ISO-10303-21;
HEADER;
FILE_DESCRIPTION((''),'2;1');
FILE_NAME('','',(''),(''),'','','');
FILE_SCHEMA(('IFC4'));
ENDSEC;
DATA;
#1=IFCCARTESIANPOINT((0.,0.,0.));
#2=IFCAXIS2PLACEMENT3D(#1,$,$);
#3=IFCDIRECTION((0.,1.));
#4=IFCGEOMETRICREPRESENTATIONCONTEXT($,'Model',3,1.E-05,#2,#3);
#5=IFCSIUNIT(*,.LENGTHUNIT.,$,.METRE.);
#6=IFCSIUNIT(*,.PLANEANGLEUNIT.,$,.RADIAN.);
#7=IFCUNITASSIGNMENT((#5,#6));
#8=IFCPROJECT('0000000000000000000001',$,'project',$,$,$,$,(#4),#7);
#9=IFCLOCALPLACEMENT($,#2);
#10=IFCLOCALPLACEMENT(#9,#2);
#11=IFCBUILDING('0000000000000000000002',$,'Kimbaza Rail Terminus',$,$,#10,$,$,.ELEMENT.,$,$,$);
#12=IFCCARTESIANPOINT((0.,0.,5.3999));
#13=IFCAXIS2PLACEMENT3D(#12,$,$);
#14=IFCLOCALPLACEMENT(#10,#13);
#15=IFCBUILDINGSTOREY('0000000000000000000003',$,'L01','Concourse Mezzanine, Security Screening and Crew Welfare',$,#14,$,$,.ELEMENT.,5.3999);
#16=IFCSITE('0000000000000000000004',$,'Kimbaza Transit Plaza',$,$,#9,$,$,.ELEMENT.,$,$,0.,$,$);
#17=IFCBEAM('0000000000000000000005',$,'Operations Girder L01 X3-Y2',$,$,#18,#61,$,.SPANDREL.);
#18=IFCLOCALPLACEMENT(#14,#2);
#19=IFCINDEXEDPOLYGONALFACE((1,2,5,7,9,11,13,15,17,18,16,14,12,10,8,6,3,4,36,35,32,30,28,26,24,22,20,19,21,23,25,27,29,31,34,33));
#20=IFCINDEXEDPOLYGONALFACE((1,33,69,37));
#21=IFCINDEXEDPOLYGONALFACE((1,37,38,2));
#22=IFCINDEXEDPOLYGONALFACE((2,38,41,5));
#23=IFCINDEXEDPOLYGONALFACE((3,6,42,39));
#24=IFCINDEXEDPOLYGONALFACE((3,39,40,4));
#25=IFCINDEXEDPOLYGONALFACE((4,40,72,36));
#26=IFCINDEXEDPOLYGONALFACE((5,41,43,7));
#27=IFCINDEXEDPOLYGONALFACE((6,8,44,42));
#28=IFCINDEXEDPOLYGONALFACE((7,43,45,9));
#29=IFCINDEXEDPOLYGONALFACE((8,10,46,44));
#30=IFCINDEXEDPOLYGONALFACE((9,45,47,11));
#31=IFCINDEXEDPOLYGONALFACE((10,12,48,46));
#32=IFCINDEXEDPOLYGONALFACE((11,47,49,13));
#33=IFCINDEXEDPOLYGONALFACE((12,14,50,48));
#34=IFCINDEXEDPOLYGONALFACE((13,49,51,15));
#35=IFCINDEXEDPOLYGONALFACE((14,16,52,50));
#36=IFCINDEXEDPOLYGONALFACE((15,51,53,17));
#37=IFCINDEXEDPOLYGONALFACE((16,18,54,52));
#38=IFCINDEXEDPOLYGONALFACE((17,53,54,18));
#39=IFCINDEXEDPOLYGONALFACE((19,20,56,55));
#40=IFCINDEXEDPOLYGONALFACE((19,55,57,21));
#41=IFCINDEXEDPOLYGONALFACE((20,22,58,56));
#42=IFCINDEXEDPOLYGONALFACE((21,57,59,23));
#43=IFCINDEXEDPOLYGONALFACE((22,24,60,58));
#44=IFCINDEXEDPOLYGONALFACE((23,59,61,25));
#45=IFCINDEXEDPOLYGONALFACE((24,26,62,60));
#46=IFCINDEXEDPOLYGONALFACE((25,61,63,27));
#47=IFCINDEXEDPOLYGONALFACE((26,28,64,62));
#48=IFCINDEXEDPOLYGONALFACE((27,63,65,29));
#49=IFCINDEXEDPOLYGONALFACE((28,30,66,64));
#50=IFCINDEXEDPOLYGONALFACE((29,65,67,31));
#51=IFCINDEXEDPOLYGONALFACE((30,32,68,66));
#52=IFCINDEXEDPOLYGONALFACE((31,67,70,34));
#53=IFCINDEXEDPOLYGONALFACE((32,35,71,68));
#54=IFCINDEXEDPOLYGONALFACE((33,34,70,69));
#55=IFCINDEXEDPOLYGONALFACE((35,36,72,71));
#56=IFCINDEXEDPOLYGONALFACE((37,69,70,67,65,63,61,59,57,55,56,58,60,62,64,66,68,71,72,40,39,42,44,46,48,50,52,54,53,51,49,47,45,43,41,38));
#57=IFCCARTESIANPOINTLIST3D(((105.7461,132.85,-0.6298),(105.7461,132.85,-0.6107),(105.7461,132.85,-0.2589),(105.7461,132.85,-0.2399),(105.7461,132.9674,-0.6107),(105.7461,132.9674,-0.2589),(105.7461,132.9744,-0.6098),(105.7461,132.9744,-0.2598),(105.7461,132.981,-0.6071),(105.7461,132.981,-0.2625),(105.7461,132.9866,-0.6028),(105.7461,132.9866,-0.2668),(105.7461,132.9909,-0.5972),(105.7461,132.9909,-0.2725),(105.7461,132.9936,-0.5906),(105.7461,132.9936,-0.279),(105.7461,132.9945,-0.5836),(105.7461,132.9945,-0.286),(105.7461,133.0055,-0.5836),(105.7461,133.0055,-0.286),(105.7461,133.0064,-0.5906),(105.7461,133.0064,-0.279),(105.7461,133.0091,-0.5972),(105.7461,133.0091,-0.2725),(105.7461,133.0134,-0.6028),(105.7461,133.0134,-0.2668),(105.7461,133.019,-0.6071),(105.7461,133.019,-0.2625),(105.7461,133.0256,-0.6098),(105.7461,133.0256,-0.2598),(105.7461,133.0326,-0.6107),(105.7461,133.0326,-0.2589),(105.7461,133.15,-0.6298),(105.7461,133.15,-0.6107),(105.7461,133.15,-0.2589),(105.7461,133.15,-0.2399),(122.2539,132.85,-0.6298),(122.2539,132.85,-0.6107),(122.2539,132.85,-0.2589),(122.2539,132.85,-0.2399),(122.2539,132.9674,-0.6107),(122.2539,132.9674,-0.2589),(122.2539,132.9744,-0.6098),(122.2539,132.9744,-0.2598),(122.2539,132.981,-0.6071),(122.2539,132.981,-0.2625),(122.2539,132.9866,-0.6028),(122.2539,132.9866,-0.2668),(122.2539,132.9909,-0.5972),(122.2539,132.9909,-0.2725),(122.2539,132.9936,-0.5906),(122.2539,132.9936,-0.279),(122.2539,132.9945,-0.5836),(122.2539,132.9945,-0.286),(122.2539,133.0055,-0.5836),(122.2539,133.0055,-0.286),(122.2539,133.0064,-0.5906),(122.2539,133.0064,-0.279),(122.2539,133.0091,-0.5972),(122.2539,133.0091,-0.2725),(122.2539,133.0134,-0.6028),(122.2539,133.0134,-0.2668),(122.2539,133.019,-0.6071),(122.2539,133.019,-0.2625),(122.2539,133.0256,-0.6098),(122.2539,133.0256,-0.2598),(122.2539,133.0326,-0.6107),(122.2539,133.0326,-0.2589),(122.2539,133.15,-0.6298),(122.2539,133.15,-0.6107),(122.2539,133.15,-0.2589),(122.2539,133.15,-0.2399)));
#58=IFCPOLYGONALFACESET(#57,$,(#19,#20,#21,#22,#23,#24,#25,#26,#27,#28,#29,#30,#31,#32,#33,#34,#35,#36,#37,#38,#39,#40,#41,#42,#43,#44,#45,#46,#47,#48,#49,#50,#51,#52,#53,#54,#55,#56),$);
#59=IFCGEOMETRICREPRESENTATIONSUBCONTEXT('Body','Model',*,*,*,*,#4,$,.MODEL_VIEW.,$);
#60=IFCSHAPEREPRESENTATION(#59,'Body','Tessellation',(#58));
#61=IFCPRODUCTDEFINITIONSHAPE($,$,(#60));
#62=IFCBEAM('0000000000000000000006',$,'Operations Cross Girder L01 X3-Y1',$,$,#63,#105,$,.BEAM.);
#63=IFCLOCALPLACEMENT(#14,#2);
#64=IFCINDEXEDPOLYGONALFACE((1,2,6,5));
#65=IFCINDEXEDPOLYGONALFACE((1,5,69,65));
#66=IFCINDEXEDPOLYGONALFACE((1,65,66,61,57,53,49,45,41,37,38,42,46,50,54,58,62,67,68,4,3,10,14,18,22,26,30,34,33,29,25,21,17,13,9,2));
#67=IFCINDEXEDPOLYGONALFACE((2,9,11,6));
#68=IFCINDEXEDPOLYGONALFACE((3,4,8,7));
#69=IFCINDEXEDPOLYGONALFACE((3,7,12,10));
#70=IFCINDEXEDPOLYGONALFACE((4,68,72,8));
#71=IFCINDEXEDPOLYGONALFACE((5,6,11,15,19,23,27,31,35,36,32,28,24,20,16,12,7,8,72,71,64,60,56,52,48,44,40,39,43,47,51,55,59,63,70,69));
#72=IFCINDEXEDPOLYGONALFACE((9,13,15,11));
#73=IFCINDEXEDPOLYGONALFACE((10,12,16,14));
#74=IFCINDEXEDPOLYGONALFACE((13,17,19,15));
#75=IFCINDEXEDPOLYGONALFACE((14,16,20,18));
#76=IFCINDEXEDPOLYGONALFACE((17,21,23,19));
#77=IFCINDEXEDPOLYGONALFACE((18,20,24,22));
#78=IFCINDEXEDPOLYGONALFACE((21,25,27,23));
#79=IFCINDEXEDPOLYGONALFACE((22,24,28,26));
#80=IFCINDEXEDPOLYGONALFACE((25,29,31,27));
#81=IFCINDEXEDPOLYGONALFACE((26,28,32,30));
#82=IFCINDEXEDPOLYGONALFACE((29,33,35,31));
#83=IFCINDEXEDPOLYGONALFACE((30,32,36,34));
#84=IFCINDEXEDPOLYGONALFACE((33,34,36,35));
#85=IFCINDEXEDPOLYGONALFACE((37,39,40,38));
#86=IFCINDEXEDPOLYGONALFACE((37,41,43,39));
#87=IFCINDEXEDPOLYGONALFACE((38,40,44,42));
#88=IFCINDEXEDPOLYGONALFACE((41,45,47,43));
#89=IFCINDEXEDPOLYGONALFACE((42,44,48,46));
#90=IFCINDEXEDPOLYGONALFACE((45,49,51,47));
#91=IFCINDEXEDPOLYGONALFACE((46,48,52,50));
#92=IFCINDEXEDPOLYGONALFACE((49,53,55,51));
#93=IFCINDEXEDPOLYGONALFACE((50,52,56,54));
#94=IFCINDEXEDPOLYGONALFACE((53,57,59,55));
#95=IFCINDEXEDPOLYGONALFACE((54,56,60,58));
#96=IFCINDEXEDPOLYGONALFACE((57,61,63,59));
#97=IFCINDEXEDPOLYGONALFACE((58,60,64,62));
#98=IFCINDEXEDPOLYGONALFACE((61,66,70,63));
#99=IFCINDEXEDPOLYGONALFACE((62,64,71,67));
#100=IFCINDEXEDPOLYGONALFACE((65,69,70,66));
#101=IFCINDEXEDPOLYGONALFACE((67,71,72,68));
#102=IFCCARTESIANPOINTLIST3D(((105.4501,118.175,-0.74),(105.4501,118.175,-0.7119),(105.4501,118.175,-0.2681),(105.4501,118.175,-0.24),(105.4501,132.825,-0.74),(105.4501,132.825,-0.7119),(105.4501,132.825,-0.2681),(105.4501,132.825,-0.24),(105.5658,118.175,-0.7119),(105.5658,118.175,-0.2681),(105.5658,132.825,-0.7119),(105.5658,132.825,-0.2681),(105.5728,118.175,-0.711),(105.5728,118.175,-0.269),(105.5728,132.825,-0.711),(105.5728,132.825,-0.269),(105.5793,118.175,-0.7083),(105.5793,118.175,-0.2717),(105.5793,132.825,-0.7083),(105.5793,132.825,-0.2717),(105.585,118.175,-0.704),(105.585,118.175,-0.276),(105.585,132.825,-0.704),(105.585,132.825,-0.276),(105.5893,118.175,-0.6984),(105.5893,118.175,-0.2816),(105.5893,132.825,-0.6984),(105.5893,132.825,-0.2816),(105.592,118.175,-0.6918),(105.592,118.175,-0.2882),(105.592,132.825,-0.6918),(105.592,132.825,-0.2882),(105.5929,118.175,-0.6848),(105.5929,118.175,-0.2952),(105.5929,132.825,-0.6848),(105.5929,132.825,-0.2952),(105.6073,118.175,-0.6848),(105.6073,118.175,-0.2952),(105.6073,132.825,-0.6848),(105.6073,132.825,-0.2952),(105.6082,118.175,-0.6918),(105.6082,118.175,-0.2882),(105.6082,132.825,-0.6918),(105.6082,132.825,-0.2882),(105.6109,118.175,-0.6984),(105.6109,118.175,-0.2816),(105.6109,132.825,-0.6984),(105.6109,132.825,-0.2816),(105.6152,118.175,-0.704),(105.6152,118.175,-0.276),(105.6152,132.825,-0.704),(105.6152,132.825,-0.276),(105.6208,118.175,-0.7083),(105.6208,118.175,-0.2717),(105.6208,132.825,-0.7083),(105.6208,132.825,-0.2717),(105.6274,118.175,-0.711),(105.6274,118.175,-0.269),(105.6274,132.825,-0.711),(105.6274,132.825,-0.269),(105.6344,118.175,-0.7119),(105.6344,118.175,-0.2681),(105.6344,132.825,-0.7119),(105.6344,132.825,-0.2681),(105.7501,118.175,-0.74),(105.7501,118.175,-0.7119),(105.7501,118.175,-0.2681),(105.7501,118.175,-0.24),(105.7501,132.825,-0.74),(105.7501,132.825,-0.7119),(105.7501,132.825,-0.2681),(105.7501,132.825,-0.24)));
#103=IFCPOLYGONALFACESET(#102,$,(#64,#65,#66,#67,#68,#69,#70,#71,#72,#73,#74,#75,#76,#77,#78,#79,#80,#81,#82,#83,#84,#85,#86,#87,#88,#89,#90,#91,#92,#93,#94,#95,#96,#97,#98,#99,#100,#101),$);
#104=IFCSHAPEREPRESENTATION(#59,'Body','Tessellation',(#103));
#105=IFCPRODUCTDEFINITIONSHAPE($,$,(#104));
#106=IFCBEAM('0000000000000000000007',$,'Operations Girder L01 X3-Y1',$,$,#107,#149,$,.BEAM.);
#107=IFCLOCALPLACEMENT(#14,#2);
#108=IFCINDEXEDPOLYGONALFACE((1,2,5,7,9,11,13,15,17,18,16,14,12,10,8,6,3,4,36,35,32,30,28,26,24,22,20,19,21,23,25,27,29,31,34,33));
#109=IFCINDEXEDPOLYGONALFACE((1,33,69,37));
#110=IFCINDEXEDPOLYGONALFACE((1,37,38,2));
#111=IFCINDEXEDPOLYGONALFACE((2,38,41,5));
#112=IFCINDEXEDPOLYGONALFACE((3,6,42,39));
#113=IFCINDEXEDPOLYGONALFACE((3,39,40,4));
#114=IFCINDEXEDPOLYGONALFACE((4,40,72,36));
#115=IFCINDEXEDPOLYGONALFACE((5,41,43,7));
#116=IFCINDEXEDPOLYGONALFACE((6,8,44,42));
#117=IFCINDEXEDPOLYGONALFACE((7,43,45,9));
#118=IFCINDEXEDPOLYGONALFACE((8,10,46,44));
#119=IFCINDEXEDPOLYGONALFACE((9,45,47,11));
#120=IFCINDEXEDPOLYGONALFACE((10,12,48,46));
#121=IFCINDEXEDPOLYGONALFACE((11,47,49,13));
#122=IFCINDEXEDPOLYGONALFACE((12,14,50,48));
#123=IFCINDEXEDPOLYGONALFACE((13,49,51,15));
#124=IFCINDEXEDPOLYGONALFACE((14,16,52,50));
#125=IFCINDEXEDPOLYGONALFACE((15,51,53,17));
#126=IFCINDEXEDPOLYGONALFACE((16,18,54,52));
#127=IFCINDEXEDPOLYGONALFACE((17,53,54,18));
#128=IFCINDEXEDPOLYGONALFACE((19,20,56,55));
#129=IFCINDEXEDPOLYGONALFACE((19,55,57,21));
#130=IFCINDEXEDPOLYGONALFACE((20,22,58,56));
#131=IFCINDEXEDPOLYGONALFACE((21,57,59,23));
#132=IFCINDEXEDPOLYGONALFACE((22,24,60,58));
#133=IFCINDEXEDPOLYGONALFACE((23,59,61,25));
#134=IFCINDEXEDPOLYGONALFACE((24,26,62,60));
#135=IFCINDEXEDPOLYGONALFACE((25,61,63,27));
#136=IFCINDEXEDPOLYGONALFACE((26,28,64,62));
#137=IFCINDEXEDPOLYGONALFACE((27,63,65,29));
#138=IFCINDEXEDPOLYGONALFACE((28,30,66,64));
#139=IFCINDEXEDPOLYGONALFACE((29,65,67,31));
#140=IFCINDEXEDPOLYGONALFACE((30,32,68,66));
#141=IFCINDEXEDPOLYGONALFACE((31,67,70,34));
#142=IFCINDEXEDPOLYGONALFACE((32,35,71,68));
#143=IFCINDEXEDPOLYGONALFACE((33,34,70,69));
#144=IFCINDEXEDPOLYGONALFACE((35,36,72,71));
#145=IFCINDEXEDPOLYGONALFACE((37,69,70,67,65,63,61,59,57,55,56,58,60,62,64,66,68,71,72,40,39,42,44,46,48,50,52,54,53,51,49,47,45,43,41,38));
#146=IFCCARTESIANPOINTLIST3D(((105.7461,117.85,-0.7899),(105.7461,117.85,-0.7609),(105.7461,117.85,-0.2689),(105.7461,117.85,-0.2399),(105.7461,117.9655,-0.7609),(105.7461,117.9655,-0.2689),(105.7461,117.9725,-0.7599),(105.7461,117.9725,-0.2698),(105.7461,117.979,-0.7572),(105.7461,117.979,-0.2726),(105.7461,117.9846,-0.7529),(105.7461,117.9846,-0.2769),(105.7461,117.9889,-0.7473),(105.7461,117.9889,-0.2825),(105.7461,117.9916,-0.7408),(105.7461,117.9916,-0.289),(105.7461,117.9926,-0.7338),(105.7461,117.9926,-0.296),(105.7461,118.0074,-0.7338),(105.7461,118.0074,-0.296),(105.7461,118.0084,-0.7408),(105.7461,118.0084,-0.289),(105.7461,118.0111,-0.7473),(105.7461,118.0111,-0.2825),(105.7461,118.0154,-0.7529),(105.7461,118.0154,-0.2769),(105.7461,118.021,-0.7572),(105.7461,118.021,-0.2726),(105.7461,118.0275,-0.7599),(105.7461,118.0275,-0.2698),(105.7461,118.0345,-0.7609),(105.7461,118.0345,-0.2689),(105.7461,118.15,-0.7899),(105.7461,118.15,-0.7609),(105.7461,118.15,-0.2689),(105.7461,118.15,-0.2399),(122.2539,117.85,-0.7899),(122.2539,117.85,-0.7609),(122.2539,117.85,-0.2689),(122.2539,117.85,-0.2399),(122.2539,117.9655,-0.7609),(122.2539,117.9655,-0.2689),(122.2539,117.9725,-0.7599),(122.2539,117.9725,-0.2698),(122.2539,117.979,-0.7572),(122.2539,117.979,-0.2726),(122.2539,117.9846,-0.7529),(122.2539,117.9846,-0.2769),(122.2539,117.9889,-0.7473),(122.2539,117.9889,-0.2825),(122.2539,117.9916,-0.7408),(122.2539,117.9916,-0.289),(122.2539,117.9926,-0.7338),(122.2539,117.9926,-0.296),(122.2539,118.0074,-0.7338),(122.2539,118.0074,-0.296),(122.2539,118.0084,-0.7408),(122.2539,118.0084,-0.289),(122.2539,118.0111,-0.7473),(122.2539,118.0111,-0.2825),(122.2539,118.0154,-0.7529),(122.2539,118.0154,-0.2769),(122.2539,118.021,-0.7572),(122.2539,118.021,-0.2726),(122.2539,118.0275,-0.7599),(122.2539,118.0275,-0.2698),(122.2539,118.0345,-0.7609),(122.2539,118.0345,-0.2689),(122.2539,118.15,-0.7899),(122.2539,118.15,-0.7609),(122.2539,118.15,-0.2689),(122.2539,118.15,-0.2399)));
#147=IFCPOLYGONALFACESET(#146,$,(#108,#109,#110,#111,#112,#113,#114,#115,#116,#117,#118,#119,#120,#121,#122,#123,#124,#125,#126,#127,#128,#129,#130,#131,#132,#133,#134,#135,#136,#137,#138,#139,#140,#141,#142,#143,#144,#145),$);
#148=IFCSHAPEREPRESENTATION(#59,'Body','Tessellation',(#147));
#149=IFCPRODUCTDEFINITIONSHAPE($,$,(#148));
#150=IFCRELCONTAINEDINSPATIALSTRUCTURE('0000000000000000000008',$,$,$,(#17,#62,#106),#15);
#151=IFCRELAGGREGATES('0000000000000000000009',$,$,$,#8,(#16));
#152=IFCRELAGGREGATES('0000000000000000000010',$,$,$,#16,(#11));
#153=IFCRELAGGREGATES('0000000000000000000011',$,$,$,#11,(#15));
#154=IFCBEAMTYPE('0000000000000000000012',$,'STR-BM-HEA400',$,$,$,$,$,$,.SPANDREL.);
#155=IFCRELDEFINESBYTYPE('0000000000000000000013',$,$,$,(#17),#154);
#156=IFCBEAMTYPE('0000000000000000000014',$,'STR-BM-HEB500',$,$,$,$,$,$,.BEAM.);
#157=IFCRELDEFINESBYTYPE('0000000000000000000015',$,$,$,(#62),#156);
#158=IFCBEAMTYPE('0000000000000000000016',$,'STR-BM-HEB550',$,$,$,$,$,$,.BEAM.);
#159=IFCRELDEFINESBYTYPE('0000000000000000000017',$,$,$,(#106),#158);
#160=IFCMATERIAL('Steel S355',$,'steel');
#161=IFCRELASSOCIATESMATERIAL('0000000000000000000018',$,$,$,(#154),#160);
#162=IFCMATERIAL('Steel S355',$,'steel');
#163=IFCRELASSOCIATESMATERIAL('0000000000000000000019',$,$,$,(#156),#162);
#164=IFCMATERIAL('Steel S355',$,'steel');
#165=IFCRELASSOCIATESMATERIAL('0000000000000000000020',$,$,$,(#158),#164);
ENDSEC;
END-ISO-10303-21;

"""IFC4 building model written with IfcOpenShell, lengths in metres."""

from ifc_helpers import new_model, si_unit, direction, frame, origin, origin_2d, place, context, subcontext, project, spatial, i_section, extrude, material, material_profile, profile_set, type_object, element, save


model = new_model("IFC4")

# Units and contexts
model_context = context("Model", 3, precision=1e-05, world=origin(), true_north=direction((0.0, 1.0)))
body_context = subcontext(model_context, "Body", "Model", "MODEL_VIEW")
ifc_project = project(units=[si_unit("LENGTHUNIT", "METRE"), si_unit("PLANEANGLEUNIT", "RADIAN")], contexts=[model_context])

# Site, building, storey
site_placement = place(None, origin())
site = spatial("IfcSite", under=ifc_project, at=site_placement, Name="Kimbaza Transit Plaza", CompositionType="ELEMENT", RefElevation=0.0)
building_placement = place(site_placement, origin())
building = spatial("IfcBuilding", under=site, at=building_placement, Name="Kimbaza Rail Terminus", CompositionType="ELEMENT")
storey_placement = place(building_placement, frame((0.0, 0.0, 5.3999)))
storey = spatial("IfcBuildingStorey", under=building, at=storey_placement, Name="L01", Description="Concourse Mezzanine, Security Screening and Crew Welfare", CompositionType="ELEMENT", Elevation=5.3999)

# Beams
ifc_material_1 = material(Name="Steel S355", Category="steel")
ifc_material_profile_1 = material_profile(ifc_material_1, i_section(OverallWidth=0.3, OverallDepth=0.3899, WebThickness=0.011, FlangeThickness=0.019, FilletRadius=0.0271, at=origin_2d()), Name="HEA 400")
ifc_profile_set_1 = profile_set([ifc_material_profile_1], Name="Steel S355")
beam_type_1 = type_object("IfcBeamType", Name="STR-BM-HEA400", PredefinedType="SPANDREL", material=ifc_profile_set_1)
beam_1_placement = place(storey_placement, frame((105.7461, 133.0, -0.4348), z_axis=(1.0, 0.0, 0.0), x_axis=(0.0, 1.0, 0.0)))
element("IfcBeam", 1, at=beam_1_placement, inside=storey, type_object=beam_type_1, Name="Operations Girder L01 X3-Y2", PredefinedType="SPANDREL", context=body_context, shape_type="SweptSolid", body=[
    extrude(i_section(OverallWidth=0.3, OverallDepth=0.3899, WebThickness=0.011, FlangeThickness=0.019, FilletRadius=0.0271, at=origin_2d()), origin(), (0.0, 0.0, 1.0), 16.5078),
])
ifc_material_2 = material(Name="Steel S355", Category="steel")
ifc_material_profile_2 = material_profile(ifc_material_2, i_section(OverallWidth=0.3, OverallDepth=0.5, WebThickness=0.0144, FlangeThickness=0.0281, FilletRadius=0.0271, at=origin_2d()), Name="HEB 500")
ifc_profile_set_2 = profile_set([ifc_material_profile_2], Name="Steel S355")
beam_type_2 = type_object("IfcBeamType", Name="STR-BM-HEB500", PredefinedType="BEAM", material=ifc_profile_set_2)
beam_2_placement = place(storey_placement, frame((105.6001, 118.175, -0.49), z_axis=(0.0, 1.0, 0.0), x_axis=(-1.0, 0.0, 0.0)))
element("IfcBeam", 2, at=beam_2_placement, inside=storey, type_object=beam_type_2, Name="Operations Cross Girder L01 X3-Y1", PredefinedType="BEAM", context=body_context, shape_type="SweptSolid", body=[
    extrude(i_section(OverallWidth=0.3, OverallDepth=0.5, WebThickness=0.0144, FlangeThickness=0.0281, FilletRadius=0.0271, at=origin_2d()), origin(), (0.0, 0.0, 1.0), 14.6499),
])
ifc_material_3 = material(Name="Steel S355", Category="steel")
ifc_material_profile_3 = material_profile(ifc_material_3, i_section(OverallWidth=0.3, OverallDepth=0.55, WebThickness=0.0149, FlangeThickness=0.0291, FilletRadius=0.0271, at=origin_2d()), Name="HEB 550")
ifc_profile_set_3 = profile_set([ifc_material_profile_3], Name="Steel S355")
beam_type_3 = type_object("IfcBeamType", Name="STR-BM-HEB550", PredefinedType="BEAM", material=ifc_profile_set_3)
beam_3_placement = place(storey_placement, frame((105.7461, 118.0, -0.5149), z_axis=(1.0, 0.0, 0.0), x_axis=(0.0, 1.0, 0.0)))
element("IfcBeam", 3, at=beam_3_placement, inside=storey, type_object=beam_type_3, Name="Operations Girder L01 X3-Y1", PredefinedType="BEAM", context=body_context, shape_type="SweptSolid", body=[
    extrude(i_section(OverallWidth=0.3, OverallDepth=0.55, WebThickness=0.0149, FlangeThickness=0.0291, FilletRadius=0.0271, at=origin_2d()), origin(), (0.0, 0.0, 1.0), 16.5078),
])

save(model, "model.ifc")
